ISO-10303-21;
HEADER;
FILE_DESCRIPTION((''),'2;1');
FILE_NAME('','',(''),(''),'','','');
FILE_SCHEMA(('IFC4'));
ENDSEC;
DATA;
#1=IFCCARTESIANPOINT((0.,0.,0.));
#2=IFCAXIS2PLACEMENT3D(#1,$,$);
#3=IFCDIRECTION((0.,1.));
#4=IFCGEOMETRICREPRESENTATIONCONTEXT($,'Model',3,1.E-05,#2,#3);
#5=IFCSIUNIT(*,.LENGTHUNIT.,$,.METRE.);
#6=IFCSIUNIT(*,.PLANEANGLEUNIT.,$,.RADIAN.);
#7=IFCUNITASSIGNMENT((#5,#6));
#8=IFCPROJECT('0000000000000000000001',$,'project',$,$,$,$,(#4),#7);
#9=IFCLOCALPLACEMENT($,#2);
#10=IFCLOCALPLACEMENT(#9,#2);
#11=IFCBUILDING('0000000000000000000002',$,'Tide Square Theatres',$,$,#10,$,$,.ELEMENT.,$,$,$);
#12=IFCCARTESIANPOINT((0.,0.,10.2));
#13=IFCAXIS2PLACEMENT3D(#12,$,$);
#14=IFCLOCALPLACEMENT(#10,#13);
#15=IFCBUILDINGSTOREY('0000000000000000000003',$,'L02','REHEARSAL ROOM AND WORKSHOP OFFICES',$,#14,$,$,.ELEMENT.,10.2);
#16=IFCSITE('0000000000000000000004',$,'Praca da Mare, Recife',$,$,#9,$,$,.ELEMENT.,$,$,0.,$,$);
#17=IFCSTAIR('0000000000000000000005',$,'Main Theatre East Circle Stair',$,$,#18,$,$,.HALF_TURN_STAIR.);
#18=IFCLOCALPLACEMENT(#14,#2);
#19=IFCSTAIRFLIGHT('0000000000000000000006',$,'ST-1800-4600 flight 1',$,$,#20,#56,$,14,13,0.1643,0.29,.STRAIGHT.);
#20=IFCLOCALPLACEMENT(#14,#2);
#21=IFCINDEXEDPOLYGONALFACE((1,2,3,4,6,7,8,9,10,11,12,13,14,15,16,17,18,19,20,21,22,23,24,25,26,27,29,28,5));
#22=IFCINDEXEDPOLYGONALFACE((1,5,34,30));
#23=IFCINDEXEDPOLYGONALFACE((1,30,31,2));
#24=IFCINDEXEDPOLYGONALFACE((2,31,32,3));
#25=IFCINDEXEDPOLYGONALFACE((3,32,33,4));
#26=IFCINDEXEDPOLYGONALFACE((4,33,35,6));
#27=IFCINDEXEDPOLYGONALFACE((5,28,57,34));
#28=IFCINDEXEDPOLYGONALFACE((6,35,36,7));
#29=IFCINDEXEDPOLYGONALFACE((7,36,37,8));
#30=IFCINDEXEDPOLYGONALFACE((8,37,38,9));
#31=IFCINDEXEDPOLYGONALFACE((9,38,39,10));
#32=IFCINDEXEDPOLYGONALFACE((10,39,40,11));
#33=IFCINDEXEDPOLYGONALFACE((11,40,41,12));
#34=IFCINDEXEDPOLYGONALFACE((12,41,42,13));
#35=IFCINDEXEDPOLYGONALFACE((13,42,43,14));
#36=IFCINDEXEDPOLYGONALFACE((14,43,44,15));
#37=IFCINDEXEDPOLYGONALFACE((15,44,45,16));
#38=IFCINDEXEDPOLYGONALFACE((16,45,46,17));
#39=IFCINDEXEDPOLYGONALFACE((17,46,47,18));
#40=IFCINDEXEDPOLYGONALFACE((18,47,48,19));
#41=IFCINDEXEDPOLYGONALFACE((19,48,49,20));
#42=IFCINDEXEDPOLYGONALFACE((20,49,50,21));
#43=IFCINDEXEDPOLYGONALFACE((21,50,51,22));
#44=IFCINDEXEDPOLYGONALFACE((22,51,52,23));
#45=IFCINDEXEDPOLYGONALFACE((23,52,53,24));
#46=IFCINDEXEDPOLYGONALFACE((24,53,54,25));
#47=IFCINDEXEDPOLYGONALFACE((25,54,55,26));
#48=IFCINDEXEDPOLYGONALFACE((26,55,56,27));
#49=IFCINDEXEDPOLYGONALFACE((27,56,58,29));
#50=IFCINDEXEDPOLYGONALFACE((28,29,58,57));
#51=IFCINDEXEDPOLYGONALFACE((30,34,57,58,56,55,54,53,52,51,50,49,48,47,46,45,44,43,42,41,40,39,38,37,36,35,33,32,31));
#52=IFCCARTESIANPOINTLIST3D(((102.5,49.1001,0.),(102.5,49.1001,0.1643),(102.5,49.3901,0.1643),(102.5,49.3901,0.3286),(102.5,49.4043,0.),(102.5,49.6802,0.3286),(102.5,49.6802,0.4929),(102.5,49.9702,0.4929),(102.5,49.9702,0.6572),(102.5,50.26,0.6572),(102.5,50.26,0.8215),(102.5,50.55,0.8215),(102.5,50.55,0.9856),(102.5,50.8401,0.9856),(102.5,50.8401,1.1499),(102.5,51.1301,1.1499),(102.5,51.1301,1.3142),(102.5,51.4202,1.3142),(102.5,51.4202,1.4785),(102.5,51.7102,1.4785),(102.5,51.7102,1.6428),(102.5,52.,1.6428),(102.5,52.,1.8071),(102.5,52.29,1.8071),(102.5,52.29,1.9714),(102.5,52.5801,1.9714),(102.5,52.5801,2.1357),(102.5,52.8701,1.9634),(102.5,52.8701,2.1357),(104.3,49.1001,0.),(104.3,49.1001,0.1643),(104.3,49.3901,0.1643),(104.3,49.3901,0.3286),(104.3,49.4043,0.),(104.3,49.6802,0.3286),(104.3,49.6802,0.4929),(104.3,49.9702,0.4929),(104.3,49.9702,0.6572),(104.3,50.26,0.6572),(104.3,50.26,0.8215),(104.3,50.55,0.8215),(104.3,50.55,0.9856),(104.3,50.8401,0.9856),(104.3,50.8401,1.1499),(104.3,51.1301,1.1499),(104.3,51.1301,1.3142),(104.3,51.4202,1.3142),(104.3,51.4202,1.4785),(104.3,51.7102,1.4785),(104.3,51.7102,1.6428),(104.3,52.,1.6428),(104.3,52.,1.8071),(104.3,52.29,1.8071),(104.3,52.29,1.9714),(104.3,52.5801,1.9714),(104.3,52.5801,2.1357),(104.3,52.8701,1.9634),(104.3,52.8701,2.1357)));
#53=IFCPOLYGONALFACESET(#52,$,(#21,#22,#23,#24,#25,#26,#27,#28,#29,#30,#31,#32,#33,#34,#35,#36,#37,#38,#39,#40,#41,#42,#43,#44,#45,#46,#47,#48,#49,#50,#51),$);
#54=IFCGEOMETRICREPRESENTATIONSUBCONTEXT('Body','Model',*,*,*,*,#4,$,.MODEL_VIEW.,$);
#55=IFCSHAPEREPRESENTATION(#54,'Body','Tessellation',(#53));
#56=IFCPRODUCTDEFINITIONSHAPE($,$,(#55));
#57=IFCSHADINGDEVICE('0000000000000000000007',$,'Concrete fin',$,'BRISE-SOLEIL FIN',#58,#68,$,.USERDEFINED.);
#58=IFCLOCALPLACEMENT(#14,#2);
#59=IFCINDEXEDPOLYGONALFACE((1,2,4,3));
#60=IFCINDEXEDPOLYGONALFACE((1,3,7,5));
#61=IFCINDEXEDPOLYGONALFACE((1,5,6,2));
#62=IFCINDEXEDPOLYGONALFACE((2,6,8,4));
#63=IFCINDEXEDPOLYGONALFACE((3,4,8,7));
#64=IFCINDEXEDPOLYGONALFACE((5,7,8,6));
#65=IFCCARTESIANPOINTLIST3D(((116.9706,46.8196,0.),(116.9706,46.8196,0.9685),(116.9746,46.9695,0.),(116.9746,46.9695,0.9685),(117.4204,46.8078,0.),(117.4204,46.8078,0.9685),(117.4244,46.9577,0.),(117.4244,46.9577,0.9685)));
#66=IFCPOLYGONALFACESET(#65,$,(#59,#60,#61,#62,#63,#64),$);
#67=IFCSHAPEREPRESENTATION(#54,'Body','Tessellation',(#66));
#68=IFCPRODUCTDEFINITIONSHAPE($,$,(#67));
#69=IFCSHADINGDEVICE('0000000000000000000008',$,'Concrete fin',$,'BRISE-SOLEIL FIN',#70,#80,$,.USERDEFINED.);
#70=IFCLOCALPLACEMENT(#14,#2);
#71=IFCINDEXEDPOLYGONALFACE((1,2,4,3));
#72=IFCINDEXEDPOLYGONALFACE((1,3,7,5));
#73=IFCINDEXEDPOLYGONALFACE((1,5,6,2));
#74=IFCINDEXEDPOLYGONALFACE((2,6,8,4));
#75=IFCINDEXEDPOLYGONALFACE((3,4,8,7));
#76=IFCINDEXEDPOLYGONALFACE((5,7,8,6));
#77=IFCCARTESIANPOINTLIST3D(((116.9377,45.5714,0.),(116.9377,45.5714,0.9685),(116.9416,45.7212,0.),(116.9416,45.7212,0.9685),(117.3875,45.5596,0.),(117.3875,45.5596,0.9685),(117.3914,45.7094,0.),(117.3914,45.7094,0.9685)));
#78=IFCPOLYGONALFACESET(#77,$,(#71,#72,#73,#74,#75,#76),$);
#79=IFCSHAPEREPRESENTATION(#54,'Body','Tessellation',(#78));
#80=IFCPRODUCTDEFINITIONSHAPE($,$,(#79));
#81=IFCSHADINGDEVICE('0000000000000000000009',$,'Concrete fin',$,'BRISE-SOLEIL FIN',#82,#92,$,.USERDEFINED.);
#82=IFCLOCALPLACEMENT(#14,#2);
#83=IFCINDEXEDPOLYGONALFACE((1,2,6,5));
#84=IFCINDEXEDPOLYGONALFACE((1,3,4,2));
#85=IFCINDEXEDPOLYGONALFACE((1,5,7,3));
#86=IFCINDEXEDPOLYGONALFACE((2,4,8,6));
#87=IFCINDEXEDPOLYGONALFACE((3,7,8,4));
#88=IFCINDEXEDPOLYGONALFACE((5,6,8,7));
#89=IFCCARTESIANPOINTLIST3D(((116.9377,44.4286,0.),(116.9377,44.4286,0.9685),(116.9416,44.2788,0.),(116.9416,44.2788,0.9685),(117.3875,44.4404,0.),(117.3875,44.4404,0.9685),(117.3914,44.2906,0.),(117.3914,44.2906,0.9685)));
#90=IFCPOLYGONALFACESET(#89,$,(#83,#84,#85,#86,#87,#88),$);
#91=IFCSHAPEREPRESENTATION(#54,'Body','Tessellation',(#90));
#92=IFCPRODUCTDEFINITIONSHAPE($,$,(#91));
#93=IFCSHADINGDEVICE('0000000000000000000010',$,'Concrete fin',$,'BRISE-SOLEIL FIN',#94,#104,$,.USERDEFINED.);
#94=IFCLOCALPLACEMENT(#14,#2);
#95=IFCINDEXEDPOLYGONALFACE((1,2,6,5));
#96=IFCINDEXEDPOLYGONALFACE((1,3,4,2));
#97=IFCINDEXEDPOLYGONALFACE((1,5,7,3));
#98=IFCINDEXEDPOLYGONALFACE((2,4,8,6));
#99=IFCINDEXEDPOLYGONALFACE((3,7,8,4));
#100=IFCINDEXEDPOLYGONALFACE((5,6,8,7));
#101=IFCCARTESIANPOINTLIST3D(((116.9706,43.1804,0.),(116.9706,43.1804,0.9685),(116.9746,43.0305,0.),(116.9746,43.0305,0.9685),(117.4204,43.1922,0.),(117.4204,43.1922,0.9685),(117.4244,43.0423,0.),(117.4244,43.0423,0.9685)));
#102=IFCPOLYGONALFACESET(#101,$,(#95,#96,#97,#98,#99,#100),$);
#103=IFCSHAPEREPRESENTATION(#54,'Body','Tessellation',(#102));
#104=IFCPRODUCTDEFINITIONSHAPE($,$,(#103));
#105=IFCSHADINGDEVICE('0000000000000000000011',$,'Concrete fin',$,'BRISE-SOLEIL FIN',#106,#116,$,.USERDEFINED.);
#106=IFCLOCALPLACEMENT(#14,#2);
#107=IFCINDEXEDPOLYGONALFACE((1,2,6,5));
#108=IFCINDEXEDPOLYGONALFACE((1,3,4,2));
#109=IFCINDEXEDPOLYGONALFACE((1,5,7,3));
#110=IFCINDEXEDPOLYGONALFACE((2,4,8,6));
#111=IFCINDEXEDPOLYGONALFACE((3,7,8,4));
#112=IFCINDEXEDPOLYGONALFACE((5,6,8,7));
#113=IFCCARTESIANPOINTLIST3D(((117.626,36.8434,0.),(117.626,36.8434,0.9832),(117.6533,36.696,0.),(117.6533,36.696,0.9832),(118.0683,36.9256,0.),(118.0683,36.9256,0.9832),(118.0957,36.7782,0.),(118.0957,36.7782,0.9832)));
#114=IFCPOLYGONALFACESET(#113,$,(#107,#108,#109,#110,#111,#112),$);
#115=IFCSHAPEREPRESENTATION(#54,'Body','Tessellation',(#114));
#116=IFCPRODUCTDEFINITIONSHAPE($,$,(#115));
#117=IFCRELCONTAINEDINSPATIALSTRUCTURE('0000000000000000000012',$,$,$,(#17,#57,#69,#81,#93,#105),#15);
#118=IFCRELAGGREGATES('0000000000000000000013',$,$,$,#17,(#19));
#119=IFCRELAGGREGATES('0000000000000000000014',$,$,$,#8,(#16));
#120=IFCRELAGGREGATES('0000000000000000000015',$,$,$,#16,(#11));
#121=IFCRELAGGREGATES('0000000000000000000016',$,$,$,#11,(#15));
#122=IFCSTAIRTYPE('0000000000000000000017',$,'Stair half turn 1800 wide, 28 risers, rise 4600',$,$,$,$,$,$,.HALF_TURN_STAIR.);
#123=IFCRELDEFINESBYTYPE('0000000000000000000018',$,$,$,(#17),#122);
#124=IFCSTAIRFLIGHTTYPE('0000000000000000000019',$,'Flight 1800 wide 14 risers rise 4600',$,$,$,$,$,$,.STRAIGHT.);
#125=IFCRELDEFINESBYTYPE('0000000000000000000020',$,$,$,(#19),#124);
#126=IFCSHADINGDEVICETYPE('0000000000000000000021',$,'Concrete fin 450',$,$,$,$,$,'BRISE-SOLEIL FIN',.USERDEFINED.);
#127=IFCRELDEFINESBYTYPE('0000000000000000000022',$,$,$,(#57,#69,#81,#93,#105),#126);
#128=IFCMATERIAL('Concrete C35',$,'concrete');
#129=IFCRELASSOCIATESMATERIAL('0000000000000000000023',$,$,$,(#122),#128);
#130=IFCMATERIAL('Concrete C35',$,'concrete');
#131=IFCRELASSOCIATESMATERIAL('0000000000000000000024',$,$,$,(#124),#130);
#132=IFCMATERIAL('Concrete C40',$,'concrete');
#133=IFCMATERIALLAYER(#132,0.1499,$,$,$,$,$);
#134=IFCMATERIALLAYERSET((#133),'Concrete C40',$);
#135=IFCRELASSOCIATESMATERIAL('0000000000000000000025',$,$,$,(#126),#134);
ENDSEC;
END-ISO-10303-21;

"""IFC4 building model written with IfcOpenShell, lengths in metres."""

from ifc_helpers import new_model, si_unit, direction, frame, origin, origin_2d, place, context, subcontext, project, spatial, polyline, rectangle, outline, extrude, material, layer, layer_set, type_object, element, aggregate, save


model = new_model("IFC4")

# Units and contexts
model_context = context("Model", 3, precision=1e-05, world=origin(), true_north=direction((0.0, 1.0)))
body_context = subcontext(model_context, "Body", "Model", "MODEL_VIEW")
ifc_project = project(units=[si_unit("LENGTHUNIT", "METRE"), si_unit("PLANEANGLEUNIT", "RADIAN")], contexts=[model_context])

# Site, building, storey
site_placement = place(None, origin())
site = spatial("IfcSite", under=ifc_project, at=site_placement, Name="Praca da Mare, Recife", CompositionType="ELEMENT", RefElevation=0.0)
building_placement = place(site_placement, origin())
building = spatial("IfcBuilding", under=site, at=building_placement, Name="Tide Square Theatres", CompositionType="ELEMENT")
storey_placement = place(building_placement, frame((0.0, 0.0, 10.2)))
storey = spatial("IfcBuildingStorey", under=building, at=storey_placement, Name="L02", Description="REHEARSAL ROOM AND WORKSHOP OFFICES", CompositionType="ELEMENT", Elevation=10.2)

# Stair, stair flight
ifc_material_1 = material(Name="Concrete C35", Category="concrete")
stair_type = type_object("IfcStairType", Name="Stair half turn 1800 wide, 28 risers, rise 4600", PredefinedType="HALF_TURN_STAIR", material=ifc_material_1)
stair_placement = place(storey_placement, origin())
stair = element("IfcStair", 1, at=stair_placement, inside=storey, type_object=stair_type, Name="Main Theatre East Circle Stair", PredefinedType="HALF_TURN_STAIR")
ifc_material_2 = material(Name="Concrete C35", Category="concrete")
stair_flight_type = type_object("IfcStairFlightType", Name="Flight 1800 wide 14 risers rise 4600", PredefinedType="STRAIGHT", material=ifc_material_2)
stair_flight_placement = place(storey_placement, frame((103.3999, 49.1001, 0.0), z_axis=(0.0, 0.0, 1.0), x_axis=(0.0, 1.0, 0.0)))
stair_flight = element("IfcStairFlight", 2, at=stair_flight_placement, type_object=stair_flight_type, Name="ST-1800-4600 flight 1", NumberOfRisers=14, NumberOfTreads=13, PredefinedType="STRAIGHT", RiserHeight=0.1643, TreadLength=0.29, context=body_context, shape_type="SweptSolid", body=[
    extrude(outline(polyline([(0.0, 0.0), (0.0, 0.1643), (0.29, 0.1643), (0.29, 0.3286), (0.5801, 0.3286), (0.5801, 0.4929), (0.8701, 0.4929), (0.8701, 0.6572), (1.1599, 0.6572), (1.1599, 0.8215), (1.45, 0.8215), (1.45, 0.9856), (1.74, 0.9856), (1.74, 1.1499), (2.03, 1.1499), (2.03, 1.3142), (2.3201, 1.3142), (2.3201, 1.4785), (2.6101, 1.4785), (2.6101, 1.6428), (2.8999, 1.6428), (2.8999, 1.8071), (3.1899, 1.8071), (3.1899, 1.9714), (3.48, 1.9714), (3.48, 2.1357), (3.77, 2.1357), (3.77, 2.3), (3.77, 1.9634), (0.3042, 0.0), (0.0, 0.0)])), frame((0.0, 0.8999, 0.0), z_axis=(0.0, -1.0, 0.0), x_axis=(1.0, 0.0, 0.0)), (0.0, 0.0, 1.0), 1.8),
])
aggregate(stair, [stair_flight])

# Shading devices
ifc_material_3 = material(Name="Concrete C40", Category="concrete")
ifc_layer_1 = layer(ifc_material_3, 0.1499)
ifc_layer_set_1 = layer_set([ifc_layer_1], Name="Concrete C40")
shading_device_type = type_object("IfcShadingDeviceType", Name="Concrete fin 450", ElementType="BRISE-SOLEIL FIN", PredefinedType="USERDEFINED", material=ifc_layer_set_1)
for number, where, z_axis, x_axis, name in (
    (3, (117.1975, 46.8887, 0.0), (0.0, 0.0, 1.0), (-0.026229, -0.999656, 0.0), "Concrete fin"),
    (4, (117.1646, 45.6404, 0.0), (0.0, 0.0, 1.0), (-0.026229, -0.999656, 0.0), "Concrete fin"),
    (5, (117.1646, 44.3596, 0.0), (0.0, 0.0, 1.0), (0.026229, -0.999656, 0.0), "Concrete fin"),
    (6, (117.1975, 43.1113, 0.0), (0.0, 0.0, 1.0), (0.026229, -0.999656, 0.0), "Concrete fin"),
):
    element("IfcShadingDevice", number, at=place(storey_placement, frame(where, z_axis=z_axis, x_axis=x_axis)), inside=storey, type_object=shading_device_type, Name=name, ObjectType="BRISE-SOLEIL FIN", PredefinedType="USERDEFINED", context=body_context, shape_type="SweptSolid", body=[
        extrude(rectangle(XDim=0.1499, YDim=0.45, at=origin_2d()), origin(), (0.0, 0.0, 1.0), 0.9685),
    ])
shading_device_placement = place(storey_placement, frame((117.8608, 36.8108, 0.0), z_axis=(0.0, 0.0, 1.0), x_axis=(0.18263, -0.983182, 0.0)))
element("IfcShadingDevice", 7, at=shading_device_placement, inside=storey, type_object=shading_device_type, Name="Concrete fin", ObjectType="BRISE-SOLEIL FIN", PredefinedType="USERDEFINED", context=body_context, shape_type="SweptSolid", body=[
    extrude(rectangle(XDim=0.1499, YDim=0.45, at=origin_2d()), origin(), (0.0, 0.0, 1.0), 0.9832),
])

save(model, "model.ifc")
